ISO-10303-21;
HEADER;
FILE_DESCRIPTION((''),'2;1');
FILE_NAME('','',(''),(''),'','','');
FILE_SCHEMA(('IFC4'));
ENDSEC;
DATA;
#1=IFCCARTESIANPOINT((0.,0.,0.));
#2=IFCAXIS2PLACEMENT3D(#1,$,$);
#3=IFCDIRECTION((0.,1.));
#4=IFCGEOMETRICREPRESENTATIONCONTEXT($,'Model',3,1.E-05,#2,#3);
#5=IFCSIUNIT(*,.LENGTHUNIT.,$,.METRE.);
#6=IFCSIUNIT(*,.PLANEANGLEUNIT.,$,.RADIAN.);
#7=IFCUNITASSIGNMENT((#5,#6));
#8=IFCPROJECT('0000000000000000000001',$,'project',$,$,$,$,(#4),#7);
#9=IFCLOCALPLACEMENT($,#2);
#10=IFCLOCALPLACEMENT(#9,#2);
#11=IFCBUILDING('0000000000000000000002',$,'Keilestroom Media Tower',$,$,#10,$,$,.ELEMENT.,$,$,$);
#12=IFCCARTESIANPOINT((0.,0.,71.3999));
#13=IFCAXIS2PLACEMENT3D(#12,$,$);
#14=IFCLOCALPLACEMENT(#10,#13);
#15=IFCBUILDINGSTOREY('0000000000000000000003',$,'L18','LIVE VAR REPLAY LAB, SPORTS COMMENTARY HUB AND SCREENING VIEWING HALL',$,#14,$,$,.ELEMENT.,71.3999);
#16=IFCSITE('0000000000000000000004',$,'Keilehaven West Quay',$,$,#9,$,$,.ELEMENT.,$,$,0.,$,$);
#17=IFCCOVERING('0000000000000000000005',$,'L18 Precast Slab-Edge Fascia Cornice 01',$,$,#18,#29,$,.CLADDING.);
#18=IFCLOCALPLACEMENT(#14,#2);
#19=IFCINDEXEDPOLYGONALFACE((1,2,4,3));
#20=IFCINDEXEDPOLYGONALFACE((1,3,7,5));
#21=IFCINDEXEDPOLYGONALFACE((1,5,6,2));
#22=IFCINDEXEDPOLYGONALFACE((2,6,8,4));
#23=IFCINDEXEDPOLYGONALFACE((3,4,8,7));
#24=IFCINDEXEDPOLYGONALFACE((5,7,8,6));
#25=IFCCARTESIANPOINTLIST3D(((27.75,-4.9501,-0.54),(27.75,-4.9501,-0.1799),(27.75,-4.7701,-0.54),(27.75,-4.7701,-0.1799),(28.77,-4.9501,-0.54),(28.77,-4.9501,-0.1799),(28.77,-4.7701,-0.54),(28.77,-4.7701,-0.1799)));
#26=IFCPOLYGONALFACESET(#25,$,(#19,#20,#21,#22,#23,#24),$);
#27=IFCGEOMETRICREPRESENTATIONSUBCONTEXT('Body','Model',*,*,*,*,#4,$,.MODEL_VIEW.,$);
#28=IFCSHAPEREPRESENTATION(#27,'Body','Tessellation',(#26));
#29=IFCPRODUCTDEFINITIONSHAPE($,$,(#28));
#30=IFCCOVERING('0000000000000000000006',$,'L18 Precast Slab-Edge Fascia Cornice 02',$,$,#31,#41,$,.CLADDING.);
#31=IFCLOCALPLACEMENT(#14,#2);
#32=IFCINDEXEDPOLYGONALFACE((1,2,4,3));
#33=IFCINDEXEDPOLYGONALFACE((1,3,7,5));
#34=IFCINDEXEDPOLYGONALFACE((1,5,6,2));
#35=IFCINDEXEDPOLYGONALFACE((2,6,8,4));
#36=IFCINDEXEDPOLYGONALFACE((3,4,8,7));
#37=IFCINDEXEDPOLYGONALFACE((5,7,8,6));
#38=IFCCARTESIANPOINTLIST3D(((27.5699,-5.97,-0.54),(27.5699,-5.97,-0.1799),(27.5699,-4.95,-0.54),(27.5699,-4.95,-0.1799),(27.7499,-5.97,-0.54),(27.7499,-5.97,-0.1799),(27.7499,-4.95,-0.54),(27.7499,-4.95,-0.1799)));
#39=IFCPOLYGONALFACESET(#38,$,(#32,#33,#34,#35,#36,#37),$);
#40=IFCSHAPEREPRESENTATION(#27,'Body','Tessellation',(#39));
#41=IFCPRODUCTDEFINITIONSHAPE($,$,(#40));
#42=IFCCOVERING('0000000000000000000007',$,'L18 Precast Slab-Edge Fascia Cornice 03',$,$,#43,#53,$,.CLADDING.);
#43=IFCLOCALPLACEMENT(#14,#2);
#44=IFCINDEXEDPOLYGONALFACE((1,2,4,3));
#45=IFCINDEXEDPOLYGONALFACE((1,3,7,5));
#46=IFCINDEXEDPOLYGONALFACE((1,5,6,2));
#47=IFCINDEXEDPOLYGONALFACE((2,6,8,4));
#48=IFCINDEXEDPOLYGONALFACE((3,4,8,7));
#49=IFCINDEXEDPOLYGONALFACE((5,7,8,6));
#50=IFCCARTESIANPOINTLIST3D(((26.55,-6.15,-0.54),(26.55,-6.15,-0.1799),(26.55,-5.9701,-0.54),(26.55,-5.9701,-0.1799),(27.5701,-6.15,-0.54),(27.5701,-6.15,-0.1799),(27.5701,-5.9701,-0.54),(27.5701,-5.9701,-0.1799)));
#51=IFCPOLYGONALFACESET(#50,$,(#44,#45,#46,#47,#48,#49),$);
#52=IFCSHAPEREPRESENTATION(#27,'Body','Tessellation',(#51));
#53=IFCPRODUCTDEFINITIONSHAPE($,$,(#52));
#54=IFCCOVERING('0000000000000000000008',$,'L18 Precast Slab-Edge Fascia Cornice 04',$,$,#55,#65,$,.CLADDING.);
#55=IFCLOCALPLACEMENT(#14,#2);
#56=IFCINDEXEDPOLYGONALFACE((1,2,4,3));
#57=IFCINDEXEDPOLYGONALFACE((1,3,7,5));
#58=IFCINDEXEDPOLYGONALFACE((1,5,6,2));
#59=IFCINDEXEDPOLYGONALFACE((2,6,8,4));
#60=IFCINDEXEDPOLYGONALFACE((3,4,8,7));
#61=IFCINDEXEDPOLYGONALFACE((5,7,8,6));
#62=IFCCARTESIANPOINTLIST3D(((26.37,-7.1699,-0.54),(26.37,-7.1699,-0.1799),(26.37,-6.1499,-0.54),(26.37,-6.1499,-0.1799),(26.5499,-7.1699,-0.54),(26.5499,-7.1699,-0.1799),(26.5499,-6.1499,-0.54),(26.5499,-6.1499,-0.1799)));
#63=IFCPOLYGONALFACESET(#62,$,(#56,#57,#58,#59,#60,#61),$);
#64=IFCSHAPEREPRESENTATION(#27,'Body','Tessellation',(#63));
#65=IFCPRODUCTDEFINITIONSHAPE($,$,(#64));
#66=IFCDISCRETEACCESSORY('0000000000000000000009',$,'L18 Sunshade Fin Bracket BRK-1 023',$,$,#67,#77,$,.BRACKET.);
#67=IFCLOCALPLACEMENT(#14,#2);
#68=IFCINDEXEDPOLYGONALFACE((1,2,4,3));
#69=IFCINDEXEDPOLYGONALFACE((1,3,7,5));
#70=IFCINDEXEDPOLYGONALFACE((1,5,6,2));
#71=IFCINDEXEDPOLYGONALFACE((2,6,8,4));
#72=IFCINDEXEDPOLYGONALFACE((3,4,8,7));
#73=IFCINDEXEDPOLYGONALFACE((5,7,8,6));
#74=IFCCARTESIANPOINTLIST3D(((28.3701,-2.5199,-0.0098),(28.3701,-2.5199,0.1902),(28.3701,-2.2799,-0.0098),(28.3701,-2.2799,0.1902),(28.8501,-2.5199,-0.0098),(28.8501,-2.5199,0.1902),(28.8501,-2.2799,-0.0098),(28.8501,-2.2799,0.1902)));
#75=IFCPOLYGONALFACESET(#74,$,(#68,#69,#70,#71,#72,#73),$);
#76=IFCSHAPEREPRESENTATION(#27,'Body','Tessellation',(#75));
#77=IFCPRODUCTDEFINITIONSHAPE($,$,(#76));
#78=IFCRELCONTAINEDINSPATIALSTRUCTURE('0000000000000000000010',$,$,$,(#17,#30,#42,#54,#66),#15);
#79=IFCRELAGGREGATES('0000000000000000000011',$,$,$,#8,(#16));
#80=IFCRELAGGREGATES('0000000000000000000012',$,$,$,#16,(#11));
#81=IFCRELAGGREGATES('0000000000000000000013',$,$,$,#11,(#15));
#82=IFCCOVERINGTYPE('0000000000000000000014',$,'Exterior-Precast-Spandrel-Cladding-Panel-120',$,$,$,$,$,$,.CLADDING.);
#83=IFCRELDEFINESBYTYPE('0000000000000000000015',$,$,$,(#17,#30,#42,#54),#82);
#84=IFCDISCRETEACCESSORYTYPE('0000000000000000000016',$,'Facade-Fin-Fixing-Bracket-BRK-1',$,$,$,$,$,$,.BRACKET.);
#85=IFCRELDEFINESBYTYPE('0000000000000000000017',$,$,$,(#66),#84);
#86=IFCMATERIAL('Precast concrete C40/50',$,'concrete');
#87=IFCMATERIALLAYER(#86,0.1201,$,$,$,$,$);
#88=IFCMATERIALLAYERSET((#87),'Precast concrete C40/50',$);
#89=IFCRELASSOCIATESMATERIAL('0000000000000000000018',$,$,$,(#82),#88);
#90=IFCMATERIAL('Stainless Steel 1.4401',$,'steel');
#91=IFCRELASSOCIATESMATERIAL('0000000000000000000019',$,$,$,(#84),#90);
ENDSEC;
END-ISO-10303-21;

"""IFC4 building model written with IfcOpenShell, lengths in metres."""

from ifc_helpers import new_model, si_unit, direction, frame, origin, origin_2d, place, context, subcontext, project, spatial, rectangle, extrude, source, transform, mapped, material, layer, layer_set, type_object, element, save


model = new_model("IFC4")

# Units and contexts
model_context = context("Model", 3, precision=1e-05, world=origin(), true_north=direction((0.0, 1.0)))
body_context = subcontext(model_context, "Body", "Model", "MODEL_VIEW")
ifc_project = project(units=[si_unit("LENGTHUNIT", "METRE"), si_unit("PLANEANGLEUNIT", "RADIAN")], contexts=[model_context])

# Site, building, storey
site_placement = place(None, origin())
site = spatial("IfcSite", under=ifc_project, at=site_placement, Name="Keilehaven West Quay", CompositionType="ELEMENT", RefElevation=0.0)
building_placement = place(site_placement, origin())
building = spatial("IfcBuilding", under=site, at=building_placement, Name="Keilestroom Media Tower", CompositionType="ELEMENT")
storey_placement = place(building_placement, frame((0.0, 0.0, 71.3999)))
storey = spatial("IfcBuildingStorey", under=building, at=storey_placement, Name="L18", Description="LIVE VAR REPLAY LAB, SPORTS COMMENTARY HUB AND SCREENING VIEWING HALL", CompositionType="ELEMENT", Elevation=71.3999)

# Shared definitions
ifc_material_1 = material(Name="Precast concrete C40/50", Category="concrete")

# Coverings
ifc_layer_1 = layer(ifc_material_1, 0.1201)
ifc_layer_set_1 = layer_set([ifc_layer_1], Name="Precast concrete C40/50")
covering_type = type_object("IfcCoveringType", Name="Exterior-Precast-Spandrel-Cladding-Panel-120", PredefinedType="CLADDING", material=ifc_layer_set_1)
shared_shape_1 = source(origin(), body_context, "Body", "SweptSolid", [
    extrude(rectangle(XDim=1.02, YDim=0.1799, at=origin_2d()), origin(), (0.0, 0.0, 1.0), 0.3601),
])
for number, where, z_axis, x_axis, name in (
    (1, (28.26, -4.8601, -0.54), (0.0, 0.0, 1.0), (-1.0, 0.0, 0.0), "L18 Precast Slab-Edge Fascia Cornice 01"),
    (2, (27.6599, -5.46, -0.54), (0.0, 0.0, 1.0), (0.0, -1.0, 0.0), "L18 Precast Slab-Edge Fascia Cornice 02"),
    (3, (27.0601, -6.0601, -0.54), (0.0, 0.0, 1.0), (-1.0, 0.0, 0.0), "L18 Precast Slab-Edge Fascia Cornice 03"),
    (4, (26.46, -6.6599, -0.54), (0.0, 0.0, 1.0), (0.0, -1.0, 0.0), "L18 Precast Slab-Edge Fascia Cornice 04"),
):
    element("IfcCovering", number, at=place(storey_placement, frame(where, z_axis=z_axis, x_axis=x_axis)), inside=storey, type_object=covering_type, Name=name, PredefinedType="CLADDING", context=body_context, shape_type="MappedRepresentation", body=[
        mapped(shared_shape_1, transform((0.0, 0.0, 0.0), x_axis=(1.0, 0.0, 0.0), y_axis=(0.0, 1.0, 0.0), z_axis=(0.0, 0.0, 1.0), scale=1.0)),
    ])

# Discrete accessory
ifc_material_2 = material(Name="Stainless Steel 1.4401", Category="steel")
discrete_accessory_type = type_object("IfcDiscreteAccessoryType", Name="Facade-Fin-Fixing-Bracket-BRK-1", PredefinedType="BRACKET", material=ifc_material_2)
shared_shape_2 = source(origin(), body_context, "Body", "SweptSolid", [
    extrude(rectangle(XDim=0.48, YDim=0.24, at=origin_2d()), origin(), (0.0, 0.0, 1.0), 0.2),
])
discrete_accessory_placement = place(storey_placement, frame((28.6101, -2.3999, -0.0098), z_axis=(0.0, 0.0, 1.0), x_axis=(1.0, 0.0, 0.0)))
element("IfcDiscreteAccessory", 5, at=discrete_accessory_placement, inside=storey, type_object=discrete_accessory_type, Name="L18 Sunshade Fin Bracket BRK-1 023", PredefinedType="BRACKET", context=body_context, shape_type="MappedRepresentation", body=[
    mapped(shared_shape_2, transform((0.0, 0.0, 0.0), x_axis=(1.0, 0.0, 0.0), y_axis=(0.0, 1.0, 0.0), z_axis=(0.0, 0.0, 1.0), scale=1.0)),
])

save(model, "model.ifc")
